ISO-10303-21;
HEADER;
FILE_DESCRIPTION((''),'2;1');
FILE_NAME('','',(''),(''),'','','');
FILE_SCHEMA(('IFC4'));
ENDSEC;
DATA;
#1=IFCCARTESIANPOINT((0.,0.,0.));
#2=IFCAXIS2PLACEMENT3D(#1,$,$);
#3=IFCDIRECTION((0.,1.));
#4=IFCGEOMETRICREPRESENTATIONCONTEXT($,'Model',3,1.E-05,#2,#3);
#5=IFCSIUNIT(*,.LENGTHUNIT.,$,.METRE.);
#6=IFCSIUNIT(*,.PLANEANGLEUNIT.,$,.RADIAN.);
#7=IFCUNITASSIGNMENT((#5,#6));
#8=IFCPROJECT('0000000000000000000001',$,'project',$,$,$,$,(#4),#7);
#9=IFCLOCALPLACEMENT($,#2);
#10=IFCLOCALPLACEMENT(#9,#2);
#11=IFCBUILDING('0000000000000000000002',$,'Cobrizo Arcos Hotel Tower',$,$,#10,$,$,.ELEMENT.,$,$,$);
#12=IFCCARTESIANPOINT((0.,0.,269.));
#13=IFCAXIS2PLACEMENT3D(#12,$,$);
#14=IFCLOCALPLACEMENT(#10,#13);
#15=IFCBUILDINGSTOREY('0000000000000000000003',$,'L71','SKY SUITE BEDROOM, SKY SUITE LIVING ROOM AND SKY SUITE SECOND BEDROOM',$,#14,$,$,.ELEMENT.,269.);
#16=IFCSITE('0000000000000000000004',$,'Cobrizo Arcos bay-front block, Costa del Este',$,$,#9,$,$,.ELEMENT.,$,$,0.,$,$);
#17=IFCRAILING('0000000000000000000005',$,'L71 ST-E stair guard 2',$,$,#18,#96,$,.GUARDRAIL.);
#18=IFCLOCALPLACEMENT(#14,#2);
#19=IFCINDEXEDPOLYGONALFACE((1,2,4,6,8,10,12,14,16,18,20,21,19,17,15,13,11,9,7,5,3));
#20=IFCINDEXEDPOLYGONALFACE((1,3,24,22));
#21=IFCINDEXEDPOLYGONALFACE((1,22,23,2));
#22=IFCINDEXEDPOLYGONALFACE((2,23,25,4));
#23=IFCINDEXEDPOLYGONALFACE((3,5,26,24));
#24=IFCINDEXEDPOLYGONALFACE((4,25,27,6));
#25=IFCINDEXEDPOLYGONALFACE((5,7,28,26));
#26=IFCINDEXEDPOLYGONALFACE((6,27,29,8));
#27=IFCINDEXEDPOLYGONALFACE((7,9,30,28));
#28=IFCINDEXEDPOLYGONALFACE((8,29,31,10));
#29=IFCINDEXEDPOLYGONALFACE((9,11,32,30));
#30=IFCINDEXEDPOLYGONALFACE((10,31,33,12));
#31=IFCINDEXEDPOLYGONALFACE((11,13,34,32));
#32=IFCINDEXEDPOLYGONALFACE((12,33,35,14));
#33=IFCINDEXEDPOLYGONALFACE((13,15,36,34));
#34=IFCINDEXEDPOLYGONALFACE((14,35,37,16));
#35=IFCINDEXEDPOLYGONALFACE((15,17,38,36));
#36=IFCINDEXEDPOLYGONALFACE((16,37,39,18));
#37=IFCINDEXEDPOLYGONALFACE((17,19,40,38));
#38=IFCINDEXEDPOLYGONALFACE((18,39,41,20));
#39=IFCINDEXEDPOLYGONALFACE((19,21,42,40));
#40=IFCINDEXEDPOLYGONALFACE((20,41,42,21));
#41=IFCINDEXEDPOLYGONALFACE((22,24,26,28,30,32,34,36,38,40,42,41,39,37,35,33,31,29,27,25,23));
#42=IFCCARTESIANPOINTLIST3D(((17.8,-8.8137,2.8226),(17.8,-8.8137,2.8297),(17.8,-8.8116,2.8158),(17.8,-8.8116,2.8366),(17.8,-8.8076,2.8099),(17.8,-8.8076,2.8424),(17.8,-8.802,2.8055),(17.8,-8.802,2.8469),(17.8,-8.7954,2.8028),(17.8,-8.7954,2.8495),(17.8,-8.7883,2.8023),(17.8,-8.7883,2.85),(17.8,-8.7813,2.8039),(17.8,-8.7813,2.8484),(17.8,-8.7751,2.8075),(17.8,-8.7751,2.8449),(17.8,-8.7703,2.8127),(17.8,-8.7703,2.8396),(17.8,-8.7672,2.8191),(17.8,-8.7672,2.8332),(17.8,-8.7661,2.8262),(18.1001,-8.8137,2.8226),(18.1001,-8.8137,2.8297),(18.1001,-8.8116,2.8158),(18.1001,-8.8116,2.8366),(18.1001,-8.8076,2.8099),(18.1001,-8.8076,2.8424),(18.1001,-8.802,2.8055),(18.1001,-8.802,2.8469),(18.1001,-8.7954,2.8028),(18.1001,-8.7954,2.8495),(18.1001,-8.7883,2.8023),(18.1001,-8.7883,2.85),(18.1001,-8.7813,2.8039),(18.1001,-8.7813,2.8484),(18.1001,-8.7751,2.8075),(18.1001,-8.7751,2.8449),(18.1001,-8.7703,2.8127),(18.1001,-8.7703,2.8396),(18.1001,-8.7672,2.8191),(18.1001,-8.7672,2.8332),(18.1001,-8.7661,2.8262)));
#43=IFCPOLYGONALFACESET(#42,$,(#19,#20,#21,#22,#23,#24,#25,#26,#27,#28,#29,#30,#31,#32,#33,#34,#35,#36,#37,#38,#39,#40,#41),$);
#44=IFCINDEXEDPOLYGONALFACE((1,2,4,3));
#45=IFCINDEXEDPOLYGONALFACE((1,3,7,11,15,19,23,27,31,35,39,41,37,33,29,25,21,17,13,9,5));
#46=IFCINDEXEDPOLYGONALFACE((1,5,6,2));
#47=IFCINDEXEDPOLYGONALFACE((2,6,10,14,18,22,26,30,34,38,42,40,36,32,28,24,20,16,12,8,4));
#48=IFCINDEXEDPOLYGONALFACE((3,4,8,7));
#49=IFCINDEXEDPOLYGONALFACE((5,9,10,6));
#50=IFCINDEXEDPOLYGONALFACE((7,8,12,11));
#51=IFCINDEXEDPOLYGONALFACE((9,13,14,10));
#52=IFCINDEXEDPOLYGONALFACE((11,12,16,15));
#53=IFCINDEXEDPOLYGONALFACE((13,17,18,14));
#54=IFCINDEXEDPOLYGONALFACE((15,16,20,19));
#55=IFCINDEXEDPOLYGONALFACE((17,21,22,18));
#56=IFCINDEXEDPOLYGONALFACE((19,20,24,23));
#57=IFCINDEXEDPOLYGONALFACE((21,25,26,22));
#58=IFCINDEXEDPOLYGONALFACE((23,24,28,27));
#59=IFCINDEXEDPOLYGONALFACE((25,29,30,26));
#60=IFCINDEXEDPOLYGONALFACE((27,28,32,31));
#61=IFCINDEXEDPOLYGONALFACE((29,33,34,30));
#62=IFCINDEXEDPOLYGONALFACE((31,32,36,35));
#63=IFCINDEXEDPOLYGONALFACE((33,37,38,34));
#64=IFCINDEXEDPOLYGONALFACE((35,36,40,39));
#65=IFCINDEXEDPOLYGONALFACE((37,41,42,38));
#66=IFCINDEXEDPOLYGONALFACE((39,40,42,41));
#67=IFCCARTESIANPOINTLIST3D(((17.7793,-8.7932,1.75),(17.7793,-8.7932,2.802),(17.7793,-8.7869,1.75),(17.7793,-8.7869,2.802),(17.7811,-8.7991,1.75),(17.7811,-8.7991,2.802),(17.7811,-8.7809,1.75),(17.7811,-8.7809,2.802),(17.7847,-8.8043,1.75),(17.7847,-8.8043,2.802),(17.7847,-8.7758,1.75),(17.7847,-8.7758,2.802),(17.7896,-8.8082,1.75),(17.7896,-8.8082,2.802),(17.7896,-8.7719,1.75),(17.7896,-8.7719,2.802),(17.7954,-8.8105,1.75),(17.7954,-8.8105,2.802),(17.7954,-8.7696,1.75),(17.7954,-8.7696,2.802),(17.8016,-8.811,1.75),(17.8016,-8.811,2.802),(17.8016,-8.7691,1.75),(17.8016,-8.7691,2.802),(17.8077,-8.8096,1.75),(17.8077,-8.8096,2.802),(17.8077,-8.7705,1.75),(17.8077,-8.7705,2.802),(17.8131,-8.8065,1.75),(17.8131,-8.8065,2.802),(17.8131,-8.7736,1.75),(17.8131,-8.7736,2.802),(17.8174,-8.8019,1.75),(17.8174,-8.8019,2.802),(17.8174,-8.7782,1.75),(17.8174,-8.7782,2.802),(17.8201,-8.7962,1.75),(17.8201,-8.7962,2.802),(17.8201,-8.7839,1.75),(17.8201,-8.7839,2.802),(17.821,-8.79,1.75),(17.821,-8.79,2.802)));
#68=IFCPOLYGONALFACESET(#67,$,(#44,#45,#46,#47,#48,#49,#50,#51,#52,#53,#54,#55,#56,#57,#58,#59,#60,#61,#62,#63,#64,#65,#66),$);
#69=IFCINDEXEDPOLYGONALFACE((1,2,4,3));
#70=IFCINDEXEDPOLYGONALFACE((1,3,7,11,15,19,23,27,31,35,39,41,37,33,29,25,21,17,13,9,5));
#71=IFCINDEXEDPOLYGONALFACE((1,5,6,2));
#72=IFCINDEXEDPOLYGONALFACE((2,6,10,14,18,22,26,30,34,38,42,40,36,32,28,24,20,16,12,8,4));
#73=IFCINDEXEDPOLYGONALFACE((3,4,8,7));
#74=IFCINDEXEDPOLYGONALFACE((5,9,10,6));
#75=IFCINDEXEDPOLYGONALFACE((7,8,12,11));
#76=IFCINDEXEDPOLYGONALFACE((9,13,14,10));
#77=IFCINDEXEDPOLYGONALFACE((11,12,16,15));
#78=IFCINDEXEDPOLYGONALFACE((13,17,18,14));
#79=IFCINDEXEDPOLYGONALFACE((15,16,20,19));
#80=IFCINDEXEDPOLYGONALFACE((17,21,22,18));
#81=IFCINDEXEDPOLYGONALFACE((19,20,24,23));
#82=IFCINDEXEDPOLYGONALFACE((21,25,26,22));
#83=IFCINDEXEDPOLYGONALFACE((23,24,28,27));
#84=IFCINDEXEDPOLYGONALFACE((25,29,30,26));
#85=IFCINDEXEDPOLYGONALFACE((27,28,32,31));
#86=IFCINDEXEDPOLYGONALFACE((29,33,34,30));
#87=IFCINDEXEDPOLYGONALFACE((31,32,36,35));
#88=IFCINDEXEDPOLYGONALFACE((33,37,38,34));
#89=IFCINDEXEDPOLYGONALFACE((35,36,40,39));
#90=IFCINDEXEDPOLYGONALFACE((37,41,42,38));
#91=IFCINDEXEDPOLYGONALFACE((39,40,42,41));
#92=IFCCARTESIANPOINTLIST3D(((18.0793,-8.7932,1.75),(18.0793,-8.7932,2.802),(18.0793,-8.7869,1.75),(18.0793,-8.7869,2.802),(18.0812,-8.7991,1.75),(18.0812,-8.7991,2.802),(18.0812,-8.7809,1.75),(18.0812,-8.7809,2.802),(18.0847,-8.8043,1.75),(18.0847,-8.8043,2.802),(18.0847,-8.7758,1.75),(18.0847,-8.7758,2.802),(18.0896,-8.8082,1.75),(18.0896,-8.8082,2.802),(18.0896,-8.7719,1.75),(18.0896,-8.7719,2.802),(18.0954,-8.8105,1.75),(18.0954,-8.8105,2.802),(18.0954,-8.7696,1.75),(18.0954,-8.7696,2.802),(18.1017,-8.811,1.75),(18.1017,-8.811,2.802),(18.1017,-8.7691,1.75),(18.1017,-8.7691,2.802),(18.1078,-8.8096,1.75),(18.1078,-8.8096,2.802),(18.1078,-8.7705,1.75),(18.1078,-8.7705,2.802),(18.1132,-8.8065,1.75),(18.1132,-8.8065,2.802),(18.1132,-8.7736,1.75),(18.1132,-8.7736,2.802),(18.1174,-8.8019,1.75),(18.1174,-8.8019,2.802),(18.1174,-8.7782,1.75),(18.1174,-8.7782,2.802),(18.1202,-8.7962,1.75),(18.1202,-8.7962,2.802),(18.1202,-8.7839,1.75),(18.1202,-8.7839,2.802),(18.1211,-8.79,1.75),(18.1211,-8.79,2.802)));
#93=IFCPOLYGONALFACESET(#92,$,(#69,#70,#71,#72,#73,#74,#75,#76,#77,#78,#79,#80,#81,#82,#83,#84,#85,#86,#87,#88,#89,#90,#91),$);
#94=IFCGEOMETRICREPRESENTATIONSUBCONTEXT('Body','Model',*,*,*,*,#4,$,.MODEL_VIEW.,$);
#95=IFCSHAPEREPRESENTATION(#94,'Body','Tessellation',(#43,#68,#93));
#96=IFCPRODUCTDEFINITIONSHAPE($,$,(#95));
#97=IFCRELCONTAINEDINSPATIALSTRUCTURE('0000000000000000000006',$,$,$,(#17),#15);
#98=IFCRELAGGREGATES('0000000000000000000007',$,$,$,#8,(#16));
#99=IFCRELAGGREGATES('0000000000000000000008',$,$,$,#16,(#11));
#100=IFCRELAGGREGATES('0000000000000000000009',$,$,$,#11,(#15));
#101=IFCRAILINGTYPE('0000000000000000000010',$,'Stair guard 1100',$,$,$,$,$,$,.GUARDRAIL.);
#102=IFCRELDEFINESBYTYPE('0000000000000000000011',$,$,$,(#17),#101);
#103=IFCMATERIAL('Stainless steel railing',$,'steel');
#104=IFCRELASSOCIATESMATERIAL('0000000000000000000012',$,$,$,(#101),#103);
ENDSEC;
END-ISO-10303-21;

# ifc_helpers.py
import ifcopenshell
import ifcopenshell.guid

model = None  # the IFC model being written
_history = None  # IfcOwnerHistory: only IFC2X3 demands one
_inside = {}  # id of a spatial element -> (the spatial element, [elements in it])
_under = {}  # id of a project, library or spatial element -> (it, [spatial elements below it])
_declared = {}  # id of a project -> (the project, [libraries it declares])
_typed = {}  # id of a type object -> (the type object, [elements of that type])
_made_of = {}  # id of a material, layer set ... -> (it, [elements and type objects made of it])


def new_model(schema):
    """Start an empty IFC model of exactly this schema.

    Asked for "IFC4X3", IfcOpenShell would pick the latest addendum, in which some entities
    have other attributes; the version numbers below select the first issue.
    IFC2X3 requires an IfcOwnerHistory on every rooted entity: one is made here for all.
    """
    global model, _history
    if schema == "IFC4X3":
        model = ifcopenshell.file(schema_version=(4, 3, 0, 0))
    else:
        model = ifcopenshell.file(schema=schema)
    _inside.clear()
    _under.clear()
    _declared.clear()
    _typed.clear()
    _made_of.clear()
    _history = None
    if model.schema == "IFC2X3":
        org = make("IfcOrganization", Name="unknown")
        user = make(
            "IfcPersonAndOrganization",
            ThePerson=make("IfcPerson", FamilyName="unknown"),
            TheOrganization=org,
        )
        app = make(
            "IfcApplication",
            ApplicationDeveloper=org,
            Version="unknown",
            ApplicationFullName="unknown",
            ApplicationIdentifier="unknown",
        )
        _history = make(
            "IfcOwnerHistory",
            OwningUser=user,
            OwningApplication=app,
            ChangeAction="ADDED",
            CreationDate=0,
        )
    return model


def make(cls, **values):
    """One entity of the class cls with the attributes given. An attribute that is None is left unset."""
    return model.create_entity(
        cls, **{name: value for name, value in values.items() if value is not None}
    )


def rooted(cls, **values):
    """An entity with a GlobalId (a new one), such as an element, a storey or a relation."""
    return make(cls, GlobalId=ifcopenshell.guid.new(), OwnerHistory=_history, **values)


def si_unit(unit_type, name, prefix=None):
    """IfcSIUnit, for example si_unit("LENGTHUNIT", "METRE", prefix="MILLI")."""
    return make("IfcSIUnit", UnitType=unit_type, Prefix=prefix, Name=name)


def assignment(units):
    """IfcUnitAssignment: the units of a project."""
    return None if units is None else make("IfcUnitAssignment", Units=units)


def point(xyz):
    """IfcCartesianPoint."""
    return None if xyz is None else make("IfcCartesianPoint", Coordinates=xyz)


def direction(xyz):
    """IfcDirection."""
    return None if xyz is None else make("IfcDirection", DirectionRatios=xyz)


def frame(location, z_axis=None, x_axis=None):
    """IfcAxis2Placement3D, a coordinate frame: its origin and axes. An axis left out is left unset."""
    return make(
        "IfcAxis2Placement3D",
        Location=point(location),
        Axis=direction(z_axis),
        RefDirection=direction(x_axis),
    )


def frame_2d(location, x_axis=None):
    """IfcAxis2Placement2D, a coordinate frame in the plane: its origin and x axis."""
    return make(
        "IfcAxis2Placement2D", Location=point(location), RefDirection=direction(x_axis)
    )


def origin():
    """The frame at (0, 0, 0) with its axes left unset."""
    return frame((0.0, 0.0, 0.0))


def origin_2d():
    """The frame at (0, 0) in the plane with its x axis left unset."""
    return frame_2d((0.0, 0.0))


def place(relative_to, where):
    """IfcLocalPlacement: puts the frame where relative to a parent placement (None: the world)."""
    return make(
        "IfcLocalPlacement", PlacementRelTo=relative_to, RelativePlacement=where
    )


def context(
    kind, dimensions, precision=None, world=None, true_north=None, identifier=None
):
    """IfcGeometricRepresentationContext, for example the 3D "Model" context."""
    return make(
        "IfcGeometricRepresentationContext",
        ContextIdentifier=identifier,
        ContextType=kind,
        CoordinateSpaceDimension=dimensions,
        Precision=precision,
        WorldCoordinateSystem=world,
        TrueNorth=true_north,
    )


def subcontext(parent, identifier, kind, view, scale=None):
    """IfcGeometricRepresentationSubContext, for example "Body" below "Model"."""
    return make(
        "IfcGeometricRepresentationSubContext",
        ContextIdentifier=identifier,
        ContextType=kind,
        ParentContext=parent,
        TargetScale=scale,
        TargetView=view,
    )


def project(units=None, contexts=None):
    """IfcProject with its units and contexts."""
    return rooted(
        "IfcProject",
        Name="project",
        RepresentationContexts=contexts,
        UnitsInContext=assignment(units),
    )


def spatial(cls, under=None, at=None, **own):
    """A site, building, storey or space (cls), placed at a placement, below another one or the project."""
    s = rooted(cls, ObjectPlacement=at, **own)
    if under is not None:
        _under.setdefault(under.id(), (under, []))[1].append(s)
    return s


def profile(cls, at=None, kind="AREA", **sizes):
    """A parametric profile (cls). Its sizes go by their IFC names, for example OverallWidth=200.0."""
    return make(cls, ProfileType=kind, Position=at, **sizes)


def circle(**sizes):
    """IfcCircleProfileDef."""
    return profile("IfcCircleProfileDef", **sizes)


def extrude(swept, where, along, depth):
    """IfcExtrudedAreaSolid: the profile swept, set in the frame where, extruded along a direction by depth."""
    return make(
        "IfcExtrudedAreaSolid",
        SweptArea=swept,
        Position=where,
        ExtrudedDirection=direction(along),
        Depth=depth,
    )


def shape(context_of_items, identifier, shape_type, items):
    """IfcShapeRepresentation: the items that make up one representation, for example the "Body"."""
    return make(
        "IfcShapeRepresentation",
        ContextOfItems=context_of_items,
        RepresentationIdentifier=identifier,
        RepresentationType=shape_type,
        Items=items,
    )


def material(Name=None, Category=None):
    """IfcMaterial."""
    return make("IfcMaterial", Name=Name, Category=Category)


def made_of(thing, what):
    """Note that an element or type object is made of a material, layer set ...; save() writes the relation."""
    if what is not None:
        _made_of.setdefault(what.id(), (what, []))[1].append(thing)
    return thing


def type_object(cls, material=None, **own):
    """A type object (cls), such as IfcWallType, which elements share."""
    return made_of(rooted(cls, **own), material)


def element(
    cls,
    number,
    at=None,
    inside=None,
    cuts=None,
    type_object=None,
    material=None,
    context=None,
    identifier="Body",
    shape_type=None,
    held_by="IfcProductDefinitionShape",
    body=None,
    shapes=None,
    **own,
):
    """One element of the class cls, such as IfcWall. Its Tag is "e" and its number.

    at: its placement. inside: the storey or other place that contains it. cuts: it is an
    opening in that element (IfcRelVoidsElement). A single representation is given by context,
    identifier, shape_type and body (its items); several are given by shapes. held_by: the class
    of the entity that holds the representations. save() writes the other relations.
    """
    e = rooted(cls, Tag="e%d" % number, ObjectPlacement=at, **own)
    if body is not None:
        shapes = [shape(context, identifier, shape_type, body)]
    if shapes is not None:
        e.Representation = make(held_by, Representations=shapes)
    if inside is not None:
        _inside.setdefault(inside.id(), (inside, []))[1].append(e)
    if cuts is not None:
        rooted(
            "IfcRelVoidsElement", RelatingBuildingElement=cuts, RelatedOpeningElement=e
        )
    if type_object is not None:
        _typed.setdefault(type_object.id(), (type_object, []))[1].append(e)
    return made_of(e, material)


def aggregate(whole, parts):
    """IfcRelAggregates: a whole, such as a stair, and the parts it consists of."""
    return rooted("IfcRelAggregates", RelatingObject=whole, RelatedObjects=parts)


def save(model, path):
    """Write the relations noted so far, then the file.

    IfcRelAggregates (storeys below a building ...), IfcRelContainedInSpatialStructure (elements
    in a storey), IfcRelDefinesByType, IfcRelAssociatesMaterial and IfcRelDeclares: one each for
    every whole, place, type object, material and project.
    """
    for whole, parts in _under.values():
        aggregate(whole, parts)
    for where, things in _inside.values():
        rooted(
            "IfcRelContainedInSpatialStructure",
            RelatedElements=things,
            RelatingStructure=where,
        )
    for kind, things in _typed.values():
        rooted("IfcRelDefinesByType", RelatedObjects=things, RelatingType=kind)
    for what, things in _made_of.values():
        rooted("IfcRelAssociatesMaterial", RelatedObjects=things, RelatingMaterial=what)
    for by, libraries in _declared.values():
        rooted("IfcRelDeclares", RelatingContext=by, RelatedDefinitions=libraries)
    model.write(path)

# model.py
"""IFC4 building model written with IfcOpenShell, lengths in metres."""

from ifc_helpers import new_model, si_unit, direction, frame, origin, origin_2d, place, context, subcontext, project, spatial, circle, extrude, material, type_object, element, save


model = new_model("IFC4")

# Units and contexts
model_context = context("Model", 3, precision=1e-05, world=origin(), true_north=direction((0.0, 1.0)))
body_context = subcontext(model_context, "Body", "Model", "MODEL_VIEW")
ifc_project = project(units=[si_unit("LENGTHUNIT", "METRE"), si_unit("PLANEANGLEUNIT", "RADIAN")], contexts=[model_context])

# Site, building, storey
site_placement = place(None, origin())
site = spatial("IfcSite", under=ifc_project, at=site_placement, Name="Cobrizo Arcos bay-front block, Costa del Este", CompositionType="ELEMENT", RefElevation=0.0)
building_placement = place(site_placement, origin())
building = spatial("IfcBuilding", under=site, at=building_placement, Name="Cobrizo Arcos Hotel Tower", CompositionType="ELEMENT")
storey_placement = place(building_placement, frame((0.0, 0.0, 269.0)))
storey = spatial("IfcBuildingStorey", under=building, at=storey_placement, Name="L71", Description="SKY SUITE BEDROOM, SKY SUITE LIVING ROOM AND SKY SUITE SECOND BEDROOM", CompositionType="ELEMENT", Elevation=269.0)

# Railing
ifc_material_1 = material(Name="Stainless steel railing", Category="steel")
railing_type_1 = type_object("IfcRailingType", Name="Stair guard 1100", PredefinedType="GUARDRAIL", material=ifc_material_1)
railing_1_placement = place(storey_placement, frame((17.8, -8.79, 1.75)))
element("IfcRailing", 1, at=railing_1_placement, inside=storey, type_object=railing_type_1, Name="L71 ST-E stair guard 2", PredefinedType="GUARDRAIL", context=body_context, shape_type="SweptSolid", body=[
    extrude(circle(Radius=0.0239, at=origin_2d()), frame((0.0, 0.0, 1.0762), z_axis=(1.0, 0.0, 0.0), x_axis=(0.0, 1.0, 0.0)), (0.0, 0.0, 1.0), 0.3),
    extrude(circle(Radius=0.021, at=origin_2d()), origin(), (0.0, 0.0, 1.0), 1.052),
    extrude(circle(Radius=0.021, at=origin_2d()), frame((0.3, 0.0, 0.0)), (0.0, 0.0, 1.0), 1.052),
])

save(model, "model.ifc")
